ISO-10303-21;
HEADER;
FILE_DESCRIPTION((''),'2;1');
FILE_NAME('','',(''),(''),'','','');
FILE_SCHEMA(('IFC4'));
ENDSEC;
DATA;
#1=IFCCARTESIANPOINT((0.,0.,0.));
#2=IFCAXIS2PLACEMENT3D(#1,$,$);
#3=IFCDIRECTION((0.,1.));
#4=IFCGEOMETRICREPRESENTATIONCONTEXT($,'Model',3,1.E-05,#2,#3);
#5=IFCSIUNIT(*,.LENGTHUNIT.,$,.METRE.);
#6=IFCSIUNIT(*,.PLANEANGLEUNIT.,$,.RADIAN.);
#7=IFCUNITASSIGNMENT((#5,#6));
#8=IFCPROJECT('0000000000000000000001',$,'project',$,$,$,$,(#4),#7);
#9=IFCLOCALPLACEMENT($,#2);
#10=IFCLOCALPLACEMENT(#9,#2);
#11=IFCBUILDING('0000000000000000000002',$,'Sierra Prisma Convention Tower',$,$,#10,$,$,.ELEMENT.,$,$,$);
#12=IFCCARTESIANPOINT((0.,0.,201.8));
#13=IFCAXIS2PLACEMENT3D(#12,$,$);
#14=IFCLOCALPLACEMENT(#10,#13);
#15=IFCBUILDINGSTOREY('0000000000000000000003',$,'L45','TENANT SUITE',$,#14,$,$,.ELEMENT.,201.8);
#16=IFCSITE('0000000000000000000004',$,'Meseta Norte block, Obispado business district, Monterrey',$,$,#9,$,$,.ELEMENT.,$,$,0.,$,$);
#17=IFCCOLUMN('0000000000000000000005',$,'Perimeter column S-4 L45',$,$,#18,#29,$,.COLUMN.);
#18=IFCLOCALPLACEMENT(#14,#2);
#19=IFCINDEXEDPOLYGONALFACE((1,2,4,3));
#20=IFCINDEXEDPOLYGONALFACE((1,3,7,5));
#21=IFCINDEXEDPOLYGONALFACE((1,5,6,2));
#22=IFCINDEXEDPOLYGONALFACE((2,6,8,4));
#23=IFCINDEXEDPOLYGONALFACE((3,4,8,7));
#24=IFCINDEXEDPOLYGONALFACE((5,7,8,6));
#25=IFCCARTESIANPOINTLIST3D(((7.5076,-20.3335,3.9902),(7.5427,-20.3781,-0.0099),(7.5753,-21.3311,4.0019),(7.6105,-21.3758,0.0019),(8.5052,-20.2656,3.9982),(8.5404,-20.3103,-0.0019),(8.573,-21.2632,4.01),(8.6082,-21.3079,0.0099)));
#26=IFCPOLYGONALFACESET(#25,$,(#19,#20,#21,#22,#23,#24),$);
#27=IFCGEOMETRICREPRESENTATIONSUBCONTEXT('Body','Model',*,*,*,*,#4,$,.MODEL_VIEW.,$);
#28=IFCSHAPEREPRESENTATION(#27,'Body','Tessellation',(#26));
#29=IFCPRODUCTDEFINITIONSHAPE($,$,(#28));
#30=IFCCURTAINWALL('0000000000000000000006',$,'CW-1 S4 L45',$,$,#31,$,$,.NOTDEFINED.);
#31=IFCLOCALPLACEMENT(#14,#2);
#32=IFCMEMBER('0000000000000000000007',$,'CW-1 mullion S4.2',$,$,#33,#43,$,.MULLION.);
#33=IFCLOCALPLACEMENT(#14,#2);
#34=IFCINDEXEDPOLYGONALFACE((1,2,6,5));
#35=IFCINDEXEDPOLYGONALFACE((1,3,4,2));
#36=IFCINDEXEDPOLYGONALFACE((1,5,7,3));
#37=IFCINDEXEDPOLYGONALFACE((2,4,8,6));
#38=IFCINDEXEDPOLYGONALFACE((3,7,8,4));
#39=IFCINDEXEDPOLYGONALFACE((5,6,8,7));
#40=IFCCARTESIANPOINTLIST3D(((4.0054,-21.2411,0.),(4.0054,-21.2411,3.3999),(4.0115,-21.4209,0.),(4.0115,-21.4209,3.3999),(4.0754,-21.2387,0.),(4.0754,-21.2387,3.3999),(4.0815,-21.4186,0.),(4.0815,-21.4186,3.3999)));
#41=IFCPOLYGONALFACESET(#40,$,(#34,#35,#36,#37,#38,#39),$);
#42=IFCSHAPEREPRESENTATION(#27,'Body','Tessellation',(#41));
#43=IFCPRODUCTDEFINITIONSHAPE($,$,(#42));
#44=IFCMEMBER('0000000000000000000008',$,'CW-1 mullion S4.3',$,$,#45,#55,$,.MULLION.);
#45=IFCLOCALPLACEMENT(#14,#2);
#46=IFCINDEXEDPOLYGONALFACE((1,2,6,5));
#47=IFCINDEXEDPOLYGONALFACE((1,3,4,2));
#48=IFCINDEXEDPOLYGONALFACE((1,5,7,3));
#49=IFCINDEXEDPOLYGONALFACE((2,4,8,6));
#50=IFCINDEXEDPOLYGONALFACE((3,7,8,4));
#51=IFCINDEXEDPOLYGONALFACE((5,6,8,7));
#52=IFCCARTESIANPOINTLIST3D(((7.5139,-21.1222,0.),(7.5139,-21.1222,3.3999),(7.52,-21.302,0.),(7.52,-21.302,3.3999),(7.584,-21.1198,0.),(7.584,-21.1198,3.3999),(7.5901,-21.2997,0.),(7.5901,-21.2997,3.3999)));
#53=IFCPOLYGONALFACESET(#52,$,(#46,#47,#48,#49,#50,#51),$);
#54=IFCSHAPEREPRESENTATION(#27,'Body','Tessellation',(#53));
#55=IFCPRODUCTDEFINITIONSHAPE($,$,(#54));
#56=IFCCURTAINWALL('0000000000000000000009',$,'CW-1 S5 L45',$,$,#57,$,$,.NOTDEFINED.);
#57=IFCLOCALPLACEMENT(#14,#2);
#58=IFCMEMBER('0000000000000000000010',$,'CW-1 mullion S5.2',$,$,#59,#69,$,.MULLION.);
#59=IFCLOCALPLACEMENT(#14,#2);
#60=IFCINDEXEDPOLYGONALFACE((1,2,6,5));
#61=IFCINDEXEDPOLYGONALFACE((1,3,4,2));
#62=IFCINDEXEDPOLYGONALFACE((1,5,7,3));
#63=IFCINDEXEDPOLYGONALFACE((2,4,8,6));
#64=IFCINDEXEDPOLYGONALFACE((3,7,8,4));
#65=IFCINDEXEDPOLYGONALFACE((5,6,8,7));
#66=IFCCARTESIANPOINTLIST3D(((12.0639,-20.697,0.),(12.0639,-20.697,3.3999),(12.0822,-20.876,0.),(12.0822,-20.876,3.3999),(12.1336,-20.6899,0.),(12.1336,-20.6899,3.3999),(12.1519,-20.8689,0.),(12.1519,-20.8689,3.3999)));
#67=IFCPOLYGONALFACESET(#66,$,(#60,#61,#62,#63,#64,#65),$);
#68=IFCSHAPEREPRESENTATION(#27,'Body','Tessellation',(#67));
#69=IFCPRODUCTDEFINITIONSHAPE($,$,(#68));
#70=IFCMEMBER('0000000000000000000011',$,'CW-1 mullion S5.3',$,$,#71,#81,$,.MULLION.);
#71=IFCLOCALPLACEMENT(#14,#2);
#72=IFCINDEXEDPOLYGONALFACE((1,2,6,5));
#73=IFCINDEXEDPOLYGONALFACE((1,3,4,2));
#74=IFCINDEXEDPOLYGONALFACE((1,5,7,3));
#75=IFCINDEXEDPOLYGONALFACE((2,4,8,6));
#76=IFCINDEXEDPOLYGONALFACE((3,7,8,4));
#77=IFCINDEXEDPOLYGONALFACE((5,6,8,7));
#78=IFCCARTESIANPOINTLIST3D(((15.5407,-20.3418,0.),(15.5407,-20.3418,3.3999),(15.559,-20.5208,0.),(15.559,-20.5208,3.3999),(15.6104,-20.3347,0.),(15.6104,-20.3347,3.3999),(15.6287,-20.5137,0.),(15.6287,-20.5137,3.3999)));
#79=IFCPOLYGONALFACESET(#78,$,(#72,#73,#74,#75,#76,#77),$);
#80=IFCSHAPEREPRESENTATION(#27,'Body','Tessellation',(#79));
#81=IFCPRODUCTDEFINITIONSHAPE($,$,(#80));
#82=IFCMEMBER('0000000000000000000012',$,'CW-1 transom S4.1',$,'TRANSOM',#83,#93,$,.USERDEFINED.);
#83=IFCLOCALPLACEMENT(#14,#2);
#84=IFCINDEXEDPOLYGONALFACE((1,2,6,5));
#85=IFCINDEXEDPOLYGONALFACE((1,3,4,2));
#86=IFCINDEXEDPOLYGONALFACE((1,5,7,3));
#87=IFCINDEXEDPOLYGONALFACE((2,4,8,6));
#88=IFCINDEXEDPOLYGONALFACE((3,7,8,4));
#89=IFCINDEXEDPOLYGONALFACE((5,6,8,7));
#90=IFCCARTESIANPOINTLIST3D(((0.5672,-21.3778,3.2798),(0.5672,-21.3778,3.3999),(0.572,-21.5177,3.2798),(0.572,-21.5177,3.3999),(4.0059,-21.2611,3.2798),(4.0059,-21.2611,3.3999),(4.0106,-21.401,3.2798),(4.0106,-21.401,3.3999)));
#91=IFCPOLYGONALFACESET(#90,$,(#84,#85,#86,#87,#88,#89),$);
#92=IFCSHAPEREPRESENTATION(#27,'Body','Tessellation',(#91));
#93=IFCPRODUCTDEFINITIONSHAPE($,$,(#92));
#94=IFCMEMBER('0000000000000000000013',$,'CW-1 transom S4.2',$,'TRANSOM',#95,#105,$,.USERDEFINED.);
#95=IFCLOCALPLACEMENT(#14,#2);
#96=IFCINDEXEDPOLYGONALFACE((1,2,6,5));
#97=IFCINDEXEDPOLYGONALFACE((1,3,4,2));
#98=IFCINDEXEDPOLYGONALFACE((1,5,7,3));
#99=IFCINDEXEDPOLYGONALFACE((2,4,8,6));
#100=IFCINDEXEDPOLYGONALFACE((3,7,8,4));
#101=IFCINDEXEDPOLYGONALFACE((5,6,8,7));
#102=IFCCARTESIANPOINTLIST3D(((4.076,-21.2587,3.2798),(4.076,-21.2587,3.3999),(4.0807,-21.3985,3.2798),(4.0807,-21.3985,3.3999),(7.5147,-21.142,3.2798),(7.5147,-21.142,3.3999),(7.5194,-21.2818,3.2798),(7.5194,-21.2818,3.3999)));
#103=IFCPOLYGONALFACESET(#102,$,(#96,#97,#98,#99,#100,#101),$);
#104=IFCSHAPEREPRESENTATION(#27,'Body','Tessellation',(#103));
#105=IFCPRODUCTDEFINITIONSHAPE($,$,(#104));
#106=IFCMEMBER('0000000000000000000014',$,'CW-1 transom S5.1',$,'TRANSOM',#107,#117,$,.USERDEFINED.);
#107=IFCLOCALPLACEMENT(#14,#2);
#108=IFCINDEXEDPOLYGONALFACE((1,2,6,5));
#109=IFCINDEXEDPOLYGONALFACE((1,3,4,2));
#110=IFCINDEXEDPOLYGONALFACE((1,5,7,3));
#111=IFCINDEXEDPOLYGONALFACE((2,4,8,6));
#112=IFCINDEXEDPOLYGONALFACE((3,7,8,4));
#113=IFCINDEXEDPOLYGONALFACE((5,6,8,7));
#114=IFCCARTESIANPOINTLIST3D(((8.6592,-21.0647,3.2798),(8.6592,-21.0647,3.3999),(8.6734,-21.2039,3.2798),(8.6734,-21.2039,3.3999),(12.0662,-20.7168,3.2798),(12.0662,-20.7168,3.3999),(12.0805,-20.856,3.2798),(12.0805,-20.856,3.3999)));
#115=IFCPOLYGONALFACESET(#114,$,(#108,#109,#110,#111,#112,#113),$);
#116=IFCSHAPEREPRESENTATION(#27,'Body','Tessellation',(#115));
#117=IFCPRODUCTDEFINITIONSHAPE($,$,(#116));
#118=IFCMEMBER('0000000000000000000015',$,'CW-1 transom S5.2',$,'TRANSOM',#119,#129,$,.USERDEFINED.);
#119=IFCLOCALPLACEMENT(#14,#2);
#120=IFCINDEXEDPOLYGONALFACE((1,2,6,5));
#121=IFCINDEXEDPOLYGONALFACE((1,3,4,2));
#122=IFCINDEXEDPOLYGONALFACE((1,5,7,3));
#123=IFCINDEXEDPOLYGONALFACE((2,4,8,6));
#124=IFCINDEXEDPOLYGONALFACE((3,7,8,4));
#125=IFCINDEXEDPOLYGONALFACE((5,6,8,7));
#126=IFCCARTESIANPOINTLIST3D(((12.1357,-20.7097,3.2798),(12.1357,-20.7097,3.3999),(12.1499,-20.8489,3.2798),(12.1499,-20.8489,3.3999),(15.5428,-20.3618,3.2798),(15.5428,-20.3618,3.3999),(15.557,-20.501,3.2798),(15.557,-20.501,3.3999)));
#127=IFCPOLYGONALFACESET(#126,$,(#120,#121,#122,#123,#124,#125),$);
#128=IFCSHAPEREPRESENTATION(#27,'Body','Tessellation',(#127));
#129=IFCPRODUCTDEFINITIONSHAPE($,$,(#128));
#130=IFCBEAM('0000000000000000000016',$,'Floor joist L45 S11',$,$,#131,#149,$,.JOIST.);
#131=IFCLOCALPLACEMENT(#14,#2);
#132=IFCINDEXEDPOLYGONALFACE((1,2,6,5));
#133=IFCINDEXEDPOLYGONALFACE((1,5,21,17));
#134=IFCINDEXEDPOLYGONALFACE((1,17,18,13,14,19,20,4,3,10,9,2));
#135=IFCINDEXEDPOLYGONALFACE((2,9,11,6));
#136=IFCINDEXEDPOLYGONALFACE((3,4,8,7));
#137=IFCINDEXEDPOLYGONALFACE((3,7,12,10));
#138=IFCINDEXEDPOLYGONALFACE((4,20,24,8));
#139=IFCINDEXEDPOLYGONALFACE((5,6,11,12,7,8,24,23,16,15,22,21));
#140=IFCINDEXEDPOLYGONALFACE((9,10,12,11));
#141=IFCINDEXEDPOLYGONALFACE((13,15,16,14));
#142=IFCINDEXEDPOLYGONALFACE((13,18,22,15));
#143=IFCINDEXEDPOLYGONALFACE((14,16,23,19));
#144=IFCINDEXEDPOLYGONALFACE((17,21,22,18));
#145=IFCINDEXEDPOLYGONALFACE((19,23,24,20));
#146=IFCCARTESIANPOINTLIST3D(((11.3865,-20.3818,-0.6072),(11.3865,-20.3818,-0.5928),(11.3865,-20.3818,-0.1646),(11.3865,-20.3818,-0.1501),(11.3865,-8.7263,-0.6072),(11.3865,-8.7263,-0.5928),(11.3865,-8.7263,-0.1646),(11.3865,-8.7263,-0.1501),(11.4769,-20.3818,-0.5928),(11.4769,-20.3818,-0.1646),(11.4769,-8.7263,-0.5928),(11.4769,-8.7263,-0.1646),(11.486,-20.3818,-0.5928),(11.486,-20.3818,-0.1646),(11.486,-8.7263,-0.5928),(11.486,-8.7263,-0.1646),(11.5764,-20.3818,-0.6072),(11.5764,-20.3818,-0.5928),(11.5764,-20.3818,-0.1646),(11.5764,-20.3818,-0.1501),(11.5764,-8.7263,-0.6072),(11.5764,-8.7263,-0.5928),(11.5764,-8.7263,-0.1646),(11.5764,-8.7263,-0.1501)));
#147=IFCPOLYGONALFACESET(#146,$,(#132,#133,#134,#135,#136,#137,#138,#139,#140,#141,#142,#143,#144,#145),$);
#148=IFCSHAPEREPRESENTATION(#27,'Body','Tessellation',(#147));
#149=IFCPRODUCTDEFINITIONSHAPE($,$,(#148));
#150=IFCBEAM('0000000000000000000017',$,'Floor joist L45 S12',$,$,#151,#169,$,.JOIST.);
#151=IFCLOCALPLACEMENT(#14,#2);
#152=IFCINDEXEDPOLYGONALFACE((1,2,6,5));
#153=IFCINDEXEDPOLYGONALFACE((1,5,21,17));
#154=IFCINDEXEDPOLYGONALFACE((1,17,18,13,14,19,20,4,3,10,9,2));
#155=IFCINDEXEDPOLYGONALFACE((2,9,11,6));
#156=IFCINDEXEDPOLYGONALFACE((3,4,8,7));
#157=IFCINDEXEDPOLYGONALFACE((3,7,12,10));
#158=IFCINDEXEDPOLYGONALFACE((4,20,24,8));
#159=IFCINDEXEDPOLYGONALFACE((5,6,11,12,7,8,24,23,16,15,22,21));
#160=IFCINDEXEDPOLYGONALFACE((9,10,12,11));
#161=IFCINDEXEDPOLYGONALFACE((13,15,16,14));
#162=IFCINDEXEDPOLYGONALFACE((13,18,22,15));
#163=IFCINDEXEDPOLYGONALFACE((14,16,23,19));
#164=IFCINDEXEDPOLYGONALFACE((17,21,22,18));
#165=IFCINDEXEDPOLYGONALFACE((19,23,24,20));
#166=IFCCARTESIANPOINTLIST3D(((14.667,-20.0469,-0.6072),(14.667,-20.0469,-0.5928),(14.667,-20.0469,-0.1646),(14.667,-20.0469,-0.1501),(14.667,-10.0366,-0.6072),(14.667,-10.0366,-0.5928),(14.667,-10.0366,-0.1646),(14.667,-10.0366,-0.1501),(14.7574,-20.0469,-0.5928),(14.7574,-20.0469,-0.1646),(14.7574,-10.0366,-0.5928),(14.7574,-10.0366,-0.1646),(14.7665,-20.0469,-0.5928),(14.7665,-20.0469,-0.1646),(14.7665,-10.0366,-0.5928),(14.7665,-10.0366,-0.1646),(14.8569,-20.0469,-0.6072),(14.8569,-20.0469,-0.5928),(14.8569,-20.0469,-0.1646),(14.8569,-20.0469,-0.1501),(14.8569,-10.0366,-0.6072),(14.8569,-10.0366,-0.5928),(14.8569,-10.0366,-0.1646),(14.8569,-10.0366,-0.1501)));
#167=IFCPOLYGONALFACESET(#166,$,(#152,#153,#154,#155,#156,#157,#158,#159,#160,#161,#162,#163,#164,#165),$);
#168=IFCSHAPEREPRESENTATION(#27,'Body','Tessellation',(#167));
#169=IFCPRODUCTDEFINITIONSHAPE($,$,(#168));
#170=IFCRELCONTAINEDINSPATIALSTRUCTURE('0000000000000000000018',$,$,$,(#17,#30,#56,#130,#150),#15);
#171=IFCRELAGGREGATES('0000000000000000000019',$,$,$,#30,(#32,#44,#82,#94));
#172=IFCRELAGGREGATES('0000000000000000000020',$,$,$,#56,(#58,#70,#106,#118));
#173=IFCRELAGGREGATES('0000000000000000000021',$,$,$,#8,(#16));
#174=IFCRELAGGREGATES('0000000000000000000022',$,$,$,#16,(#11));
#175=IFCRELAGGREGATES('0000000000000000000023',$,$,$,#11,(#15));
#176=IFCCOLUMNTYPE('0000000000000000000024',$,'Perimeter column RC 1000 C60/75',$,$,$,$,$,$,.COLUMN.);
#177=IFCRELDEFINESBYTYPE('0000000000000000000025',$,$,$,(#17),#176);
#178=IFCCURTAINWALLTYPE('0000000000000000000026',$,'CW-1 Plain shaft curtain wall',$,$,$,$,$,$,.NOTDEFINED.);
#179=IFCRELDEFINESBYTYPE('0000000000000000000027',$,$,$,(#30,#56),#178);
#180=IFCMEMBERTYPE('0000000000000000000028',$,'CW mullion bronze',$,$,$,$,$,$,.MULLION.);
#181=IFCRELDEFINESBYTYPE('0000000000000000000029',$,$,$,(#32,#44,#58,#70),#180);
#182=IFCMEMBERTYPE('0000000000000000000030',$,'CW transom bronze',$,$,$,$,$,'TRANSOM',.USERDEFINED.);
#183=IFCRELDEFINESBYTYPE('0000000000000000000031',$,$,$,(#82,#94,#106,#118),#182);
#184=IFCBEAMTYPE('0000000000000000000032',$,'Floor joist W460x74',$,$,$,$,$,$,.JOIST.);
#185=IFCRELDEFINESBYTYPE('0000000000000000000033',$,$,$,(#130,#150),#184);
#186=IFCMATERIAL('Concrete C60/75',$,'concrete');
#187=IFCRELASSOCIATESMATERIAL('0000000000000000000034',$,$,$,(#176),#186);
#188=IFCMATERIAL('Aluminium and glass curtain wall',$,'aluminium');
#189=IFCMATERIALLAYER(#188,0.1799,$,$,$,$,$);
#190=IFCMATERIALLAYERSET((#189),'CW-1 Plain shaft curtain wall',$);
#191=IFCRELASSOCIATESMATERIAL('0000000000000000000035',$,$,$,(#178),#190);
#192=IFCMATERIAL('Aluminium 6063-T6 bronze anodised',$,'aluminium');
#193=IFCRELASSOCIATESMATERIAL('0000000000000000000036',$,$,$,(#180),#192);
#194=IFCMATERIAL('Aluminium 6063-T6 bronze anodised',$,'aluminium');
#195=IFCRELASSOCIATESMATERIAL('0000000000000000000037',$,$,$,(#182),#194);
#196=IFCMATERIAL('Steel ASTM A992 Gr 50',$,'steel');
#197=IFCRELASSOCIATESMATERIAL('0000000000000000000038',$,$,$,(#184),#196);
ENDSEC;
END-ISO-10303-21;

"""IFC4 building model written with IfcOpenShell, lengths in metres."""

from ifc_helpers import new_model, si_unit, direction, frame, origin, origin_2d, place, context, subcontext, project, spatial, rectangle, i_section, extrude, material, layer, layer_set, material_profile, profile_set, type_object, element, aggregate, save


model = new_model("IFC4")

# Units and contexts
model_context = context("Model", 3, precision=1e-05, world=origin(), true_north=direction((0.0, 1.0)))
body_context = subcontext(model_context, "Body", "Model", "MODEL_VIEW")
ifc_project = project(units=[si_unit("LENGTHUNIT", "METRE"), si_unit("PLANEANGLEUNIT", "RADIAN")], contexts=[model_context])

# Site, building, storey
site_placement = place(None, origin())
site = spatial("IfcSite", under=ifc_project, at=site_placement, Name="Meseta Norte block, Obispado business district, Monterrey", CompositionType="ELEMENT", RefElevation=0.0)
building_placement = place(site_placement, origin())
building = spatial("IfcBuilding", under=site, at=building_placement, Name="Sierra Prisma Convention Tower", CompositionType="ELEMENT")
storey_placement = place(building_placement, frame((0.0, 0.0, 201.8)))
storey = spatial("IfcBuildingStorey", under=building, at=storey_placement, Name="L45", Description="TENANT SUITE", CompositionType="ELEMENT", Elevation=201.8)

# Column
ifc_material_1 = material(Name="Concrete C60/75", Category="concrete")
ifc_material_profile_1 = material_profile(ifc_material_1, rectangle(XDim=1.0, YDim=1.0, at=origin_2d()), Name="Perimeter column RC 1000 C60/75")
ifc_profile_set_1 = profile_set([ifc_material_profile_1], Name="Concrete C60/75")
column_type = type_object("IfcColumnType", Name="Perimeter column RC 1000 C60/75", PredefinedType="COLUMN", material=ifc_profile_set_1)
column_placement = place(storey_placement, frame((8.0754, -20.843, 0.0), z_axis=(-0.008788, 0.011168, 0.999899), x_axis=(0.997661, 0.067891, 0.00801)))
element("IfcColumn", 1, at=column_placement, inside=storey, type_object=column_type, Name="Perimeter column S-4 L45", PredefinedType="COLUMN", context=body_context, shape_type="SweptSolid", body=[
    extrude(rectangle(XDim=1.0, YDim=1.0, at=origin_2d()), origin(), (0.0, 0.0, 1.0), 4.0005),
])

# Curtain walls, members
ifc_material_2 = material(Name="Aluminium and glass curtain wall", Category="aluminium")
ifc_layer_1 = layer(ifc_material_2, 0.1799)
ifc_layer_set_1 = layer_set([ifc_layer_1], Name="CW-1 Plain shaft curtain wall")
curtain_wall_type = type_object("IfcCurtainWallType", Name="CW-1 Plain shaft curtain wall", PredefinedType="NOTDEFINED", material=ifc_layer_set_1)
curtain_wall_1_placement = place(storey_placement, origin())
curtain_wall_1 = element("IfcCurtainWall", 2, at=curtain_wall_1_placement, inside=storey, type_object=curtain_wall_type, Name="CW-1 S4 L45", PredefinedType="NOTDEFINED")
ifc_material_3 = material(Name="Aluminium 6063-T6 bronze anodised", Category="aluminium")
ifc_material_profile_2 = material_profile(ifc_material_3, rectangle(XDim=0.1799, YDim=0.0701, at=origin_2d()), Name="ALU MULLION 70x180")
ifc_profile_set_2 = profile_set([ifc_material_profile_2], Name="Aluminium 6063-T6 bronze anodised")
member_type_1 = type_object("IfcMemberType", Name="CW mullion bronze", PredefinedType="MULLION", material=ifc_profile_set_2)
member_1_placement = place(storey_placement, frame((4.0435, -21.3298, 0.0), z_axis=(0.0, 0.0, 1.0), x_axis=(-0.033918, 0.999425, 0.0)))
member_1 = element("IfcMember", 3, at=member_1_placement, type_object=member_type_1, Name="CW-1 mullion S4.2", PredefinedType="MULLION", context=body_context, shape_type="SweptSolid", body=[
    extrude(rectangle(XDim=0.1799, YDim=0.0701, at=origin_2d()), origin(), (0.0, 0.0, 1.0), 3.3999),
])
member_2_placement = place(storey_placement, frame((7.552, -21.2109, 0.0), z_axis=(0.0, 0.0, 1.0), x_axis=(-0.033918, 0.999425, 0.0)))
member_2 = element("IfcMember", 4, at=member_2_placement, type_object=member_type_1, Name="CW-1 mullion S4.3", PredefinedType="MULLION", context=body_context, shape_type="SweptSolid", body=[
    extrude(rectangle(XDim=0.1799, YDim=0.0701, at=origin_2d()), origin(), (0.0, 0.0, 1.0), 3.3999),
])
curtain_wall_2_placement = place(storey_placement, origin())
curtain_wall_2 = element("IfcCurtainWall", 5, at=curtain_wall_2_placement, inside=storey, type_object=curtain_wall_type, Name="CW-1 S5 L45", PredefinedType="NOTDEFINED")
member_3_placement = place(storey_placement, frame((12.1079, -20.783, 0.0), z_axis=(0.0, 0.0, 1.0), x_axis=(-0.101598, 0.994826, 0.0)))
member_3 = element("IfcMember", 6, at=member_3_placement, type_object=member_type_1, Name="CW-1 mullion S5.2", PredefinedType="MULLION", context=body_context, shape_type="SweptSolid", body=[
    extrude(rectangle(XDim=0.1799, YDim=0.0701, at=origin_2d()), origin(), (0.0, 0.0, 1.0), 3.3999),
])
member_4_placement = place(storey_placement, frame((15.5847, -20.4277, 0.0), z_axis=(0.0, 0.0, 1.0), x_axis=(-0.101598, 0.994826, 0.0)))
member_4 = element("IfcMember", 7, at=member_4_placement, type_object=member_type_1, Name="CW-1 mullion S5.3", PredefinedType="MULLION", context=body_context, shape_type="SweptSolid", body=[
    extrude(rectangle(XDim=0.1799, YDim=0.0701, at=origin_2d()), origin(), (0.0, 0.0, 1.0), 3.3999),
])

# Members
ifc_material_4 = material(Name="Aluminium 6063-T6 bronze anodised", Category="aluminium")
ifc_material_profile_3 = material_profile(ifc_material_4, rectangle(XDim=0.1399, YDim=0.1201, at=origin_2d()), Name="ALU TRANSOM 120x140")
ifc_profile_set_3 = profile_set([ifc_material_profile_3], Name="Aluminium 6063-T6 bronze anodised")
member_type_2 = type_object("IfcMemberType", Name="CW transom bronze", ElementType="TRANSOM", PredefinedType="USERDEFINED", material=ifc_profile_set_3)
member_5_placement = place(storey_placement, frame((0.5696, -21.4478, 3.3398), z_axis=(0.999425, 0.033917, 0.0), x_axis=(-0.033917, 0.999425, 0.0)))
member_5 = element("IfcMember", 8, at=member_5_placement, type_object=member_type_2, Name="CW-1 transom S4.1", ObjectType="TRANSOM", PredefinedType="USERDEFINED", context=body_context, shape_type="SweptSolid", body=[
    extrude(rectangle(XDim=0.1399, YDim=0.1201, at=origin_2d()), origin(), (0.0, 0.0, 1.0), 3.4407),
])
member_6_placement = place(storey_placement, frame((4.0784, -21.3286, 3.3398), z_axis=(0.999425, 0.033917, 0.0), x_axis=(-0.033917, 0.999425, 0.0)))
member_6 = element("IfcMember", 9, at=member_6_placement, type_object=member_type_2, Name="CW-1 transom S4.2", ObjectType="TRANSOM", PredefinedType="USERDEFINED", context=body_context, shape_type="SweptSolid", body=[
    extrude(rectangle(XDim=0.1399, YDim=0.1201, at=origin_2d()), origin(), (0.0, 0.0, 1.0), 3.4407),
])
member_7_placement = place(storey_placement, frame((8.6663, -21.1343, 3.3398), z_axis=(0.994827, 0.101586, 0.0), x_axis=(-0.101586, 0.994827, 0.0)))
member_7 = element("IfcMember", 10, at=member_7_placement, type_object=member_type_2, Name="CW-1 transom S5.1", ObjectType="TRANSOM", PredefinedType="USERDEFINED", context=body_context, shape_type="SweptSolid", body=[
    extrude(rectangle(XDim=0.1399, YDim=0.1201, at=origin_2d()), origin(), (0.0, 0.0, 1.0), 3.4248),
])
member_8_placement = place(storey_placement, frame((12.1428, -20.7793, 3.3398), z_axis=(0.994827, 0.101586, 0.0), x_axis=(-0.101586, 0.994827, 0.0)))
member_8 = element("IfcMember", 11, at=member_8_placement, type_object=member_type_2, Name="CW-1 transom S5.2", ObjectType="TRANSOM", PredefinedType="USERDEFINED", context=body_context, shape_type="SweptSolid", body=[
    extrude(rectangle(XDim=0.1399, YDim=0.1201, at=origin_2d()), origin(), (0.0, 0.0, 1.0), 3.4248),
])

# Beams
ifc_material_5 = material(Name="Steel ASTM A992 Gr 50", Category="steel")
ifc_material_profile_4 = material_profile(ifc_material_5, i_section(OverallWidth=0.1899, OverallDepth=0.457, WebThickness=0.009, FlangeThickness=0.0144, at=origin_2d()), Name="W460x74")
ifc_profile_set_4 = profile_set([ifc_material_profile_4], Name="Steel ASTM A992 Gr 50")
beam_type_1 = type_object("IfcBeamType", Name="Floor joist W460x74", PredefinedType="JOIST", material=ifc_profile_set_4)
beam_1_placement = place(storey_placement, frame((11.4814, -20.3818, -0.3787), z_axis=(0.0, 1.0, 0.0), x_axis=(-1.0, 0.0, 0.0)))
element("IfcBeam", 12, at=beam_1_placement, inside=storey, type_object=beam_type_1, Name="Floor joist L45 S11", PredefinedType="JOIST", context=body_context, shape_type="SweptSolid", body=[
    extrude(i_section(OverallWidth=0.1899, OverallDepth=0.457, WebThickness=0.009, FlangeThickness=0.0144, at=origin_2d()), origin(), (0.0, 0.0, 1.0), 11.6555),
])
beam_2_placement = place(storey_placement, frame((14.762, -20.0469, -0.3787), z_axis=(0.0, 1.0, 0.0), x_axis=(-1.0, 0.0, 0.0)))
element("IfcBeam", 13, at=beam_2_placement, inside=storey, type_object=beam_type_1, Name="Floor joist L45 S12", PredefinedType="JOIST", context=body_context, shape_type="SweptSolid", body=[
    extrude(i_section(OverallWidth=0.1899, OverallDepth=0.457, WebThickness=0.009, FlangeThickness=0.0144, at=origin_2d()), origin(), (0.0, 0.0, 1.0), 10.0103),
])

aggregate(curtain_wall_1, [member_1, member_2, member_5, member_6])
aggregate(curtain_wall_2, [member_3, member_4, member_7, member_8])

save(model, "model.ifc")
